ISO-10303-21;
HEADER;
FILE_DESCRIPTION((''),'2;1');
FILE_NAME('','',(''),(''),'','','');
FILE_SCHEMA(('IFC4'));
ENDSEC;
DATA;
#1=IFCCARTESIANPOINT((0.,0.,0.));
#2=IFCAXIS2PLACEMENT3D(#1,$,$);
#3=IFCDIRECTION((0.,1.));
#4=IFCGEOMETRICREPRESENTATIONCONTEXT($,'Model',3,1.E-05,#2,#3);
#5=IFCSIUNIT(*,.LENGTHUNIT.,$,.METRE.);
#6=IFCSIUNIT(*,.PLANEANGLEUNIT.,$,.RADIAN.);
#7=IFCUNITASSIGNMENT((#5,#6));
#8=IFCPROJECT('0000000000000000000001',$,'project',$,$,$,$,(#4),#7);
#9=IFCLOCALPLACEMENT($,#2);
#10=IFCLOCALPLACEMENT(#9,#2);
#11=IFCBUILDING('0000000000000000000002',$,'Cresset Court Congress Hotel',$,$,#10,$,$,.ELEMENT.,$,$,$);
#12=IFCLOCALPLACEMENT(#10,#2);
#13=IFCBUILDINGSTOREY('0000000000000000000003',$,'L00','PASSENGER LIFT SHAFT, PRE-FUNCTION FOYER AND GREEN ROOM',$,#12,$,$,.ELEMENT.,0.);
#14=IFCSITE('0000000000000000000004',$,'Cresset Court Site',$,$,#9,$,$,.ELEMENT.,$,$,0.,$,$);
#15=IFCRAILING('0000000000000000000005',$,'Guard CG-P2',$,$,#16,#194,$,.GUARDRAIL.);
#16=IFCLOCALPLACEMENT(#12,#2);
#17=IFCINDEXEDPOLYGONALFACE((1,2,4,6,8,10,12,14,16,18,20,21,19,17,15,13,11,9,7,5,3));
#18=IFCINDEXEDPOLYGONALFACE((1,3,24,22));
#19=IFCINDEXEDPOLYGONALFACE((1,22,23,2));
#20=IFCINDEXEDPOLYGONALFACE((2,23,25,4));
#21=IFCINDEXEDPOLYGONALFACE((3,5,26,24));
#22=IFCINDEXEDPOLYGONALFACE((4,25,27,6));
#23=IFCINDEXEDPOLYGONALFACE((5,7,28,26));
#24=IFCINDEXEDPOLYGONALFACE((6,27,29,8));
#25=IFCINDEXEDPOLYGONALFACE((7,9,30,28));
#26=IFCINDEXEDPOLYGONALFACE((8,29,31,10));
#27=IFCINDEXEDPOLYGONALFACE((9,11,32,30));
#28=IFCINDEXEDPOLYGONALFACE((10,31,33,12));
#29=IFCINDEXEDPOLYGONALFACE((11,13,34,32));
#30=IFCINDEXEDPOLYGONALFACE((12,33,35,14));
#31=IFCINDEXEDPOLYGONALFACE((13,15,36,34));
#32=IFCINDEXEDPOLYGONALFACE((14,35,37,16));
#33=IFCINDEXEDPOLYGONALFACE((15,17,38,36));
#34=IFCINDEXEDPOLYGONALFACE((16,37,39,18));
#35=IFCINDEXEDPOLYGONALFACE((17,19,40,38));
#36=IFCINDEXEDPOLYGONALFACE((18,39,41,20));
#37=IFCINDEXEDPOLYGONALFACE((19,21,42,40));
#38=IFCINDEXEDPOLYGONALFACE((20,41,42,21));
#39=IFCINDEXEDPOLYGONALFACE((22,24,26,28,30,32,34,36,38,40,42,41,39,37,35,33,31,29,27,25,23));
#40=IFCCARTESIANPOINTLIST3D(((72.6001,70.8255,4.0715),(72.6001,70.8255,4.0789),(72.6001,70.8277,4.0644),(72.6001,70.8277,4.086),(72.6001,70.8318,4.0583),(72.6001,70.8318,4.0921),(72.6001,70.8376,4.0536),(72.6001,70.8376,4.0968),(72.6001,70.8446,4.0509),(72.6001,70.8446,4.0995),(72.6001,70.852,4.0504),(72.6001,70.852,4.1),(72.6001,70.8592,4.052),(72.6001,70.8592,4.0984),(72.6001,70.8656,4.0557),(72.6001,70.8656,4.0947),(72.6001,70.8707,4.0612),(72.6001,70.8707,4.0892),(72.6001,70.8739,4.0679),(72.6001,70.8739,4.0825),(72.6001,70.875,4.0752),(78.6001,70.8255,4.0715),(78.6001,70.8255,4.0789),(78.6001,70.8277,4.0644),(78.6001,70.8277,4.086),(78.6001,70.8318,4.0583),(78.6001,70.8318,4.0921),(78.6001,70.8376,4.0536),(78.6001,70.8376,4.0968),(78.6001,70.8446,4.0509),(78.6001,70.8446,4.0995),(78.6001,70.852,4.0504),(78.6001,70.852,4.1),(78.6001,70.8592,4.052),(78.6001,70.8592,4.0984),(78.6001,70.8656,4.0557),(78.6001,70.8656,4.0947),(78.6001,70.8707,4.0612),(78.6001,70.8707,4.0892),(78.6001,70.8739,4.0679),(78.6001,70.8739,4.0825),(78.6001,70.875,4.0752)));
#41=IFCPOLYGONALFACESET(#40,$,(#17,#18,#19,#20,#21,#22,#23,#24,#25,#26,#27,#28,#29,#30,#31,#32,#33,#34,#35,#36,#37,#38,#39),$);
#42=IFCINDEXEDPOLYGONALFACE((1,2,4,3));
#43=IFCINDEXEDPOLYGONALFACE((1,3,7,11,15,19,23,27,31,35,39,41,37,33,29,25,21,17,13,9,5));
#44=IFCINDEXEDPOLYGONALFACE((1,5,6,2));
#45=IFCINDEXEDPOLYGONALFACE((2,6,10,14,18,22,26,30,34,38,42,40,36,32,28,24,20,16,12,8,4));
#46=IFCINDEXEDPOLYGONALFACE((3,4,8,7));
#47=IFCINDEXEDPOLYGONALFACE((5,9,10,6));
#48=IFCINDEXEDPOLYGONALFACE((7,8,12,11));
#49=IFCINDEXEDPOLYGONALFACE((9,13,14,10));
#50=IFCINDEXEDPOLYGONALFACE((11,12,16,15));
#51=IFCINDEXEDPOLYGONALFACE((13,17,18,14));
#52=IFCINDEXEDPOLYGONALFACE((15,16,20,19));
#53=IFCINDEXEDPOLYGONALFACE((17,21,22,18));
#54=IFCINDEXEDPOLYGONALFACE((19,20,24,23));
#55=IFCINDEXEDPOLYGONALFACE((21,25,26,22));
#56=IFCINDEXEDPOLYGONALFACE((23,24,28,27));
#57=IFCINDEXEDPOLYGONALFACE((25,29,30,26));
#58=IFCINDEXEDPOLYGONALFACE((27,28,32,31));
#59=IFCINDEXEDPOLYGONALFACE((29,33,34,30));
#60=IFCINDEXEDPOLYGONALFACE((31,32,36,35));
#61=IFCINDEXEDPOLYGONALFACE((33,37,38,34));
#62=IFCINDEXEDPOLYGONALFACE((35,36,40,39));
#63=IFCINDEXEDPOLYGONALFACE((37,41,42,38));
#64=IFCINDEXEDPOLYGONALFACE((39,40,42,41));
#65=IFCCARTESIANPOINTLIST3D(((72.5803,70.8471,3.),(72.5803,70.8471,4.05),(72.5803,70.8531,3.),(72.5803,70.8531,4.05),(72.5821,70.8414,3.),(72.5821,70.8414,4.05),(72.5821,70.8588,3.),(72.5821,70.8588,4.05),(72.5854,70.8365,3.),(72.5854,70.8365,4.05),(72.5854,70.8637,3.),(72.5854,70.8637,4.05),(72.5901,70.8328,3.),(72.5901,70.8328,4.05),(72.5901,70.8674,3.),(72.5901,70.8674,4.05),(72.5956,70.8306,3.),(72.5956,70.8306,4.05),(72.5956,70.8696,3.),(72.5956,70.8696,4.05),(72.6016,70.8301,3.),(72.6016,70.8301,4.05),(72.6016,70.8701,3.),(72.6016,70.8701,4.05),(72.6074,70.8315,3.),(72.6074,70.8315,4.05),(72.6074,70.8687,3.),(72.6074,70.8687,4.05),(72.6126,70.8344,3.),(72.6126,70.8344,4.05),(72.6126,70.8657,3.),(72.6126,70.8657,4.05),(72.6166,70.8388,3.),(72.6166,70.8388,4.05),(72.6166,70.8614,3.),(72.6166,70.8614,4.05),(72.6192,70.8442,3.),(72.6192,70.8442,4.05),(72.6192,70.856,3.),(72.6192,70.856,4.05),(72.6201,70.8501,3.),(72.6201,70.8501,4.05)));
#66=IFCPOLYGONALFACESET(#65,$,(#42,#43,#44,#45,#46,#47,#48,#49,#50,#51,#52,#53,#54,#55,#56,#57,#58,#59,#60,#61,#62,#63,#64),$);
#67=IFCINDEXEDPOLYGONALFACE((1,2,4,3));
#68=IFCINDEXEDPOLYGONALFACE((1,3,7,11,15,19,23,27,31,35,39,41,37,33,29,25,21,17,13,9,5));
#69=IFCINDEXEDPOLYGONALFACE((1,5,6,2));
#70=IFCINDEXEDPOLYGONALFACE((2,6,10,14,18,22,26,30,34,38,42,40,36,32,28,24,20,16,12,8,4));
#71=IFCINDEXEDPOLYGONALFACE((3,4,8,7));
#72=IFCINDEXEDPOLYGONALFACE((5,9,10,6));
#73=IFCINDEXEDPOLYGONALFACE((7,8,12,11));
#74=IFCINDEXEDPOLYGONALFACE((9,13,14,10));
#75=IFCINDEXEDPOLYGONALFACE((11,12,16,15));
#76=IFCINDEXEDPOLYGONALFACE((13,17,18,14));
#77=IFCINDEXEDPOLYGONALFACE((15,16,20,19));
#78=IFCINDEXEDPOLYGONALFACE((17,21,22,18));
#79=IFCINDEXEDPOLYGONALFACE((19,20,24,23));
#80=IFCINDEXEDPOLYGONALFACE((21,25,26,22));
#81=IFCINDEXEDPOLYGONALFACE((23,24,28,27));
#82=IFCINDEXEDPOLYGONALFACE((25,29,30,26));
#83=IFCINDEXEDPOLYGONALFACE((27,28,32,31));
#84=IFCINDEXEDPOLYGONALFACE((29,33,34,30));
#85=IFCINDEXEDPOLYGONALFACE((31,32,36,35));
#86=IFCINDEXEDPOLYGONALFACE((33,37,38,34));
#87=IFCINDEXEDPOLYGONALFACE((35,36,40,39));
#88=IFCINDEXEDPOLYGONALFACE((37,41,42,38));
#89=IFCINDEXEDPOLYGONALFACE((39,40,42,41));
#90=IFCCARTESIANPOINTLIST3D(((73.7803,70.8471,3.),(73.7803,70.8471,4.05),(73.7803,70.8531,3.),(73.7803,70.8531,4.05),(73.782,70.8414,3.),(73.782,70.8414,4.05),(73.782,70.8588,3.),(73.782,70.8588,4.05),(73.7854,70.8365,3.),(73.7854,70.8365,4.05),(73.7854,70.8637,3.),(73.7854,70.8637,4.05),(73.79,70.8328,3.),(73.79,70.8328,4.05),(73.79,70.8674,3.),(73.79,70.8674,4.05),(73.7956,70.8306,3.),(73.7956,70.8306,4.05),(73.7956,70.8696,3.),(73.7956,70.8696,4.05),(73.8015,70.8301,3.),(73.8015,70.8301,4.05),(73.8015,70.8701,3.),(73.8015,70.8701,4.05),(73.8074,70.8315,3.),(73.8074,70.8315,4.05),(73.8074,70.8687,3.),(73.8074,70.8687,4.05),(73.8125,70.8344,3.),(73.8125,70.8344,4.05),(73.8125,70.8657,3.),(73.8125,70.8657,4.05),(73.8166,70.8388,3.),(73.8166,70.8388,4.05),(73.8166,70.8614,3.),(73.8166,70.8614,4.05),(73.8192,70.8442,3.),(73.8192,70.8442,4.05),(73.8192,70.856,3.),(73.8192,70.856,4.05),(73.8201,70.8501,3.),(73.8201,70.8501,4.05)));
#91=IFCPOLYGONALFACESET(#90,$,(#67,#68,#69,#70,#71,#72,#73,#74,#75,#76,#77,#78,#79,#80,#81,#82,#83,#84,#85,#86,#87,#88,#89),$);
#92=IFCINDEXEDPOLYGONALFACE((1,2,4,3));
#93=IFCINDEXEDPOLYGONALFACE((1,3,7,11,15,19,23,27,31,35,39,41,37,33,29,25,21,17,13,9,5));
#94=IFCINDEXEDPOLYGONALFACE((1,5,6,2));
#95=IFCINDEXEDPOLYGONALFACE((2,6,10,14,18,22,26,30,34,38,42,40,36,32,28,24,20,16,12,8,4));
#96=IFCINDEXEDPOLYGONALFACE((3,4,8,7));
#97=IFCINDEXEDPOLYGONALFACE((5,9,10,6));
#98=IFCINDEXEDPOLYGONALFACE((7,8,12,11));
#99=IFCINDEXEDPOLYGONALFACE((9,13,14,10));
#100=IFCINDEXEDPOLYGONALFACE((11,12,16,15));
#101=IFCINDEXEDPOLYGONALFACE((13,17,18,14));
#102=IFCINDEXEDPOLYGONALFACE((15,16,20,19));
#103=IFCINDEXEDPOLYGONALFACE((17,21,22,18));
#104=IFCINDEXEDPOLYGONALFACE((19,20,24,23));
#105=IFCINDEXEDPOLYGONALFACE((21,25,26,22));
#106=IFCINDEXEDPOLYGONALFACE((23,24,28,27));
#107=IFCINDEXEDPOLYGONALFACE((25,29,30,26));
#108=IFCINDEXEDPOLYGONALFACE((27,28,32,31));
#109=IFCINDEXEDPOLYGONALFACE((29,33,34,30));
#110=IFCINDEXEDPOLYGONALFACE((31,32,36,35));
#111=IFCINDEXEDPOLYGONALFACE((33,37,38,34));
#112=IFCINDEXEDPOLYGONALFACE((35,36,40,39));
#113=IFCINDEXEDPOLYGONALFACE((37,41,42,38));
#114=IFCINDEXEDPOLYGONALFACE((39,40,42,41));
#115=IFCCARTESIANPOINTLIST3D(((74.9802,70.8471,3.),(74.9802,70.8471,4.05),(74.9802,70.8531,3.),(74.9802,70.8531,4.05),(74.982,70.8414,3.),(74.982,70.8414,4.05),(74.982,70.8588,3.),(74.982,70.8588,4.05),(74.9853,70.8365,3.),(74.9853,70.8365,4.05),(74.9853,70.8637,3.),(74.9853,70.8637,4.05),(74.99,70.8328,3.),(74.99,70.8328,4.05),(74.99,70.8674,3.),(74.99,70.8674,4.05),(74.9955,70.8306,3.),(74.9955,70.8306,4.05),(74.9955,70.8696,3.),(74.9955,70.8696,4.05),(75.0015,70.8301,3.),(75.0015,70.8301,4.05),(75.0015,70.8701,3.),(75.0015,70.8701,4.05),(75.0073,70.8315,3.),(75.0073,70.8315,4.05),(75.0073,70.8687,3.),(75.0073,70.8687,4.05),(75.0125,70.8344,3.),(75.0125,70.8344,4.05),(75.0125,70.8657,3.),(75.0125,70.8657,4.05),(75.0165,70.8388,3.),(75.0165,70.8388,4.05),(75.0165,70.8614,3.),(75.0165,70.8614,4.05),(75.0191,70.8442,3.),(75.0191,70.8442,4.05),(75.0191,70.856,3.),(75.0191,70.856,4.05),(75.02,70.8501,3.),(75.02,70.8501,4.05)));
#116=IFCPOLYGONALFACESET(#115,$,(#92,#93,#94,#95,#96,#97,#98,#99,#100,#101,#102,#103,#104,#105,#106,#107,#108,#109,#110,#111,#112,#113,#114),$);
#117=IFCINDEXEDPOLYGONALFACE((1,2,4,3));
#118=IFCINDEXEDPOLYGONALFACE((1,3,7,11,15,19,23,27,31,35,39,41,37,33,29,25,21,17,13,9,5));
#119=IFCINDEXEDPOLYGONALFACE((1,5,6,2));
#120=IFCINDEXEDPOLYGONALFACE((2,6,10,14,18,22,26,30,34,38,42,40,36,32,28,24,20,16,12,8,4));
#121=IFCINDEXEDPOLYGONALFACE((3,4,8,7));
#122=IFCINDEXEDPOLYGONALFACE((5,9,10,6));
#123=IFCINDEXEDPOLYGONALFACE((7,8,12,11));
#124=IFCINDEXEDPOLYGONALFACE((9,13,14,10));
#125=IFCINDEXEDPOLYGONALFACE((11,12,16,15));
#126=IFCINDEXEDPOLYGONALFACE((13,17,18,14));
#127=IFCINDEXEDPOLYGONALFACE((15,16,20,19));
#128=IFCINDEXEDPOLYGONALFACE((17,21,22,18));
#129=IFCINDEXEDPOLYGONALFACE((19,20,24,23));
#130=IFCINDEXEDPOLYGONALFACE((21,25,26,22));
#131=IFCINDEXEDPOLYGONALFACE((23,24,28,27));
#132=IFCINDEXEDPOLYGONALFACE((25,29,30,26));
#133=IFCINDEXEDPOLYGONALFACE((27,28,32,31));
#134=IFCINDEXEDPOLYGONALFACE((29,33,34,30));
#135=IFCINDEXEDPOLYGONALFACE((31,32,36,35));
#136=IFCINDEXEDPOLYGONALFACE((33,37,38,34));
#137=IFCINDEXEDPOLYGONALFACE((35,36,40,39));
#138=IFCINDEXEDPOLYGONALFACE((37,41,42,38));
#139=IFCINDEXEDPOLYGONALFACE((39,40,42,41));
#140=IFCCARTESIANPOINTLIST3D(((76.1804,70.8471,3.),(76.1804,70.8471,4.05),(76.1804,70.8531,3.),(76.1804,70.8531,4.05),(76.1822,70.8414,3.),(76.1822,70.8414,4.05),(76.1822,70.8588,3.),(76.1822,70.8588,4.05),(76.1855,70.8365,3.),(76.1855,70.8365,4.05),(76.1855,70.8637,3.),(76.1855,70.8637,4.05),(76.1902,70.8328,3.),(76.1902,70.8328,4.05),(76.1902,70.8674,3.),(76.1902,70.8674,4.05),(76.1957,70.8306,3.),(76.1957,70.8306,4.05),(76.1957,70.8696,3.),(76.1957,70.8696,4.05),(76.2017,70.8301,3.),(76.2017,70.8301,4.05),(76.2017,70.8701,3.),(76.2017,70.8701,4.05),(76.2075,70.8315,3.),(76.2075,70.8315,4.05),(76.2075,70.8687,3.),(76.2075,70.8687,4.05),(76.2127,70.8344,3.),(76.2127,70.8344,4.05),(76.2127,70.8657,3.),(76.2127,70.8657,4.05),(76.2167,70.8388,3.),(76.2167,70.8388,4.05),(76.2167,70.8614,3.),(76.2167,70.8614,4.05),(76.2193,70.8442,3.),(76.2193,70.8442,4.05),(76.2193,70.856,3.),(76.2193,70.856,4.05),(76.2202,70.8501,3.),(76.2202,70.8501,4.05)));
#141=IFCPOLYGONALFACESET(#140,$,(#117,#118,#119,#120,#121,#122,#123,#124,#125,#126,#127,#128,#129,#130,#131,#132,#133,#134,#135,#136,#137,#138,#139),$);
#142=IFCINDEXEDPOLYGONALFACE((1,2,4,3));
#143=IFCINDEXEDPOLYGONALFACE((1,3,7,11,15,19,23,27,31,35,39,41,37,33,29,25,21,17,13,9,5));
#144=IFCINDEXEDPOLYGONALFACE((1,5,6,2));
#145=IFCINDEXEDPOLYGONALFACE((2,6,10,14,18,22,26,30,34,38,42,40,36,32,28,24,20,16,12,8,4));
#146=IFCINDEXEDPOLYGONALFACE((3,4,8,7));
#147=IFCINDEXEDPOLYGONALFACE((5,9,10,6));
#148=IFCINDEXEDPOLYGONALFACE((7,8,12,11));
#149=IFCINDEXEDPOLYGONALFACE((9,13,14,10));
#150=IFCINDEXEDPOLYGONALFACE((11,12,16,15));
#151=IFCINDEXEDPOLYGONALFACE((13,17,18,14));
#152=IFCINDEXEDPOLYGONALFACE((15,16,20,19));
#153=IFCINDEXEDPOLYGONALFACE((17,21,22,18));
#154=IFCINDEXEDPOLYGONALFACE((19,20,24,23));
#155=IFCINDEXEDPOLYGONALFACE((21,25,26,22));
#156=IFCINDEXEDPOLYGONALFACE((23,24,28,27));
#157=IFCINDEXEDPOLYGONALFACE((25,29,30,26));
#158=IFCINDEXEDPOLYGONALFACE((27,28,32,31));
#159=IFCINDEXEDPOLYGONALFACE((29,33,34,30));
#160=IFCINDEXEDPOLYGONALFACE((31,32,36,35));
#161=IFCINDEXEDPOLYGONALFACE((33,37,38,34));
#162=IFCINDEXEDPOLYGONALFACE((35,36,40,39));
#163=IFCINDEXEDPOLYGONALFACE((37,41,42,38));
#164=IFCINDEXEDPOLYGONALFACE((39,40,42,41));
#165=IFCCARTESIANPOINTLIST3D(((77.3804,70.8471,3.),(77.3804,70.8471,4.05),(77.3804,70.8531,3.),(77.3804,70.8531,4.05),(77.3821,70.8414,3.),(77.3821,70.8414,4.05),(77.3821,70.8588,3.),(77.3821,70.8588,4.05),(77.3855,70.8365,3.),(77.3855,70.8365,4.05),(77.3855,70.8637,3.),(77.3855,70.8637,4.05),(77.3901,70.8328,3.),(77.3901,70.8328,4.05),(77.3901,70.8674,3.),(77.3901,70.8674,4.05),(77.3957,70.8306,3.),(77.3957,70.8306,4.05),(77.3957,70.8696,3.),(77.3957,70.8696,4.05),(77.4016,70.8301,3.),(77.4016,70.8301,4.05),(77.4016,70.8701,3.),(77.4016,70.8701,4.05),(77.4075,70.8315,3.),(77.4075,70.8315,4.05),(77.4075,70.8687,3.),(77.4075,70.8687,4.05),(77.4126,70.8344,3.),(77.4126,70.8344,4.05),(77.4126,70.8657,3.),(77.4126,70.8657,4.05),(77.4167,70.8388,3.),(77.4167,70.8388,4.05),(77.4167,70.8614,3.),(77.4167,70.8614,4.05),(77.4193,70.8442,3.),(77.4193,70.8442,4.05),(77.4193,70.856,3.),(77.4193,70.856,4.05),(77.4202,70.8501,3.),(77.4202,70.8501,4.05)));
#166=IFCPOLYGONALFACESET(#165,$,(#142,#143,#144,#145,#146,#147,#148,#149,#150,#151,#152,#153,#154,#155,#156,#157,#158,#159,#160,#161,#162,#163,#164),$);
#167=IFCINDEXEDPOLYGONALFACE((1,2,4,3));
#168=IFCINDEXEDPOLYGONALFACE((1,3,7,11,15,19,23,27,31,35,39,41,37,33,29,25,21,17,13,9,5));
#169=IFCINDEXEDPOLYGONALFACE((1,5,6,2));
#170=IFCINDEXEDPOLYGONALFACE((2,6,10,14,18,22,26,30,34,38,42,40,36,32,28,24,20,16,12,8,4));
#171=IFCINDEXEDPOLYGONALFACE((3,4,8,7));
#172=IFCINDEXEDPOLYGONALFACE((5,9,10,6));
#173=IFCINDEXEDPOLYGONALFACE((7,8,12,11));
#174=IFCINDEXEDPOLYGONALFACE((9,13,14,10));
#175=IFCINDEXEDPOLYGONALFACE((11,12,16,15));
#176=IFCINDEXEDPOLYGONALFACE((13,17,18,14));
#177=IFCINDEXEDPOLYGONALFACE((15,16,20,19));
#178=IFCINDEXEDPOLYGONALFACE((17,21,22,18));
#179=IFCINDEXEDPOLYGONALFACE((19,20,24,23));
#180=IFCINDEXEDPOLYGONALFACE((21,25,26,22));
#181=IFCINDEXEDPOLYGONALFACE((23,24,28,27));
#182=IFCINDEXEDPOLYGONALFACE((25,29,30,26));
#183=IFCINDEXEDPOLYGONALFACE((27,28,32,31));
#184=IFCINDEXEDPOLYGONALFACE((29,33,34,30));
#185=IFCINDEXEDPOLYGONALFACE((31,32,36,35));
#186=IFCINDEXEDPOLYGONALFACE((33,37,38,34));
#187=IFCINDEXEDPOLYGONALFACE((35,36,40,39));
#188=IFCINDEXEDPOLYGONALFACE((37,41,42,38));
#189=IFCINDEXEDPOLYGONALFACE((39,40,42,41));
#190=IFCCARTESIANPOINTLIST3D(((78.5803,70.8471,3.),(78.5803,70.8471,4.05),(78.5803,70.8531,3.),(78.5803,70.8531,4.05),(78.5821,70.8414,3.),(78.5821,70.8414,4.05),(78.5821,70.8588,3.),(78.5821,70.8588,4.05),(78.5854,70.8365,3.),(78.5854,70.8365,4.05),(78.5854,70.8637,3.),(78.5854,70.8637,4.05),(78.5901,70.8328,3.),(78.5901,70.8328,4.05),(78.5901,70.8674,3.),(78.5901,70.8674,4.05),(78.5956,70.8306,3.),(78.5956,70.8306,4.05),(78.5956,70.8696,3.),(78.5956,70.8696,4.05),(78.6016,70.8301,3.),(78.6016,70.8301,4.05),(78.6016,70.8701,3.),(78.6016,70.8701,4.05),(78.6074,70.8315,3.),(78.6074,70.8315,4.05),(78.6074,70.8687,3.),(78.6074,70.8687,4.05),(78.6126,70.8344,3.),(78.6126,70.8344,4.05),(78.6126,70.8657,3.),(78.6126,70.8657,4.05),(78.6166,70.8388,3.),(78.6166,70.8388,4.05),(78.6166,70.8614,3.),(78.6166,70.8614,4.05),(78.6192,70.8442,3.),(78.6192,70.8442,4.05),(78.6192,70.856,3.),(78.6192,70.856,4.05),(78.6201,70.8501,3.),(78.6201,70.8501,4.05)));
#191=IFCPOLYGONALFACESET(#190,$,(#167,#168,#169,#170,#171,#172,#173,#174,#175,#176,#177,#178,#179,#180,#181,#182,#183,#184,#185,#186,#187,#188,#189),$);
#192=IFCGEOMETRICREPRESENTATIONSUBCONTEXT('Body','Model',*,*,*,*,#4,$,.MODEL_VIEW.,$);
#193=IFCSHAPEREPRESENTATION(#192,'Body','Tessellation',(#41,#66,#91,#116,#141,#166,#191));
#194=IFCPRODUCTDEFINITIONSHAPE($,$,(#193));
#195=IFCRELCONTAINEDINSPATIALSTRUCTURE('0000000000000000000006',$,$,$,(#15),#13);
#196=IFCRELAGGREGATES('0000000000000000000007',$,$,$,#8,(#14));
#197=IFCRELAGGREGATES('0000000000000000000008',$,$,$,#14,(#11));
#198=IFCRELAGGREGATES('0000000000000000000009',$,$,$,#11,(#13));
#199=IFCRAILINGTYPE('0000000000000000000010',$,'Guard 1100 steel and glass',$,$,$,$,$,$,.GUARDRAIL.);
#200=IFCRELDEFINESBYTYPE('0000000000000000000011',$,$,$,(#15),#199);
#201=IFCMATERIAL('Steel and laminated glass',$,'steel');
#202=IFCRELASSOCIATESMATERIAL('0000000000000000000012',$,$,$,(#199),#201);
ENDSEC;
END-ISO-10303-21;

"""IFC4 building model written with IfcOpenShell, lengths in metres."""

from ifc_helpers import new_model, si_unit, direction, frame, origin, origin_2d, place, context, subcontext, project, spatial, circle, extrude, material, type_object, element, save


model = new_model("IFC4")

# Units and contexts
model_context = context("Model", 3, precision=1e-05, world=origin(), true_north=direction((0.0, 1.0)))
body_context = subcontext(model_context, "Body", "Model", "MODEL_VIEW")
ifc_project = project(units=[si_unit("LENGTHUNIT", "METRE"), si_unit("PLANEANGLEUNIT", "RADIAN")], contexts=[model_context])

# Site, building, storey
site_placement = place(None, origin())
site = spatial("IfcSite", under=ifc_project, at=site_placement, Name="Cresset Court Site", CompositionType="ELEMENT", RefElevation=0.0)
building_placement = place(site_placement, origin())
building = spatial("IfcBuilding", under=site, at=building_placement, Name="Cresset Court Congress Hotel", CompositionType="ELEMENT")
storey_placement = place(building_placement, origin())
storey = spatial("IfcBuildingStorey", under=building, at=storey_placement, Name="L00", Description="PASSENGER LIFT SHAFT, PRE-FUNCTION FOYER AND GREEN ROOM", CompositionType="ELEMENT", Elevation=0.0)

# Railing
ifc_material_1 = material(Name="Steel and laminated glass", Category="steel")
railing_type_1 = type_object("IfcRailingType", Name="Guard 1100 steel and glass", PredefinedType="GUARDRAIL", material=ifc_material_1)
railing_1_placement = place(storey_placement, frame((72.6001, 70.8501, 3.0)))
element("IfcRailing", 1, at=railing_1_placement, inside=storey, type_object=railing_type_1, Name="Guard CG-P2", PredefinedType="GUARDRAIL", context=body_context, shape_type="SweptSolid", body=[
    extrude(circle(Radius=0.0249, at=origin_2d()), frame((0.0, 0.0, 1.0752), z_axis=(1.0, 0.0, 0.0), x_axis=(0.0, 1.0, 0.0)), (0.0, 0.0, 1.0), 6.0),
    extrude(circle(Radius=0.02, at=origin_2d()), origin(), (0.0, 0.0, 1.0), 1.05),
    extrude(circle(Radius=0.02, at=origin_2d()), frame((1.2, 0.0, 0.0)), (0.0, 0.0, 1.0), 1.05),
    extrude(circle(Radius=0.02, at=origin_2d()), frame((2.3999, 0.0, 0.0)), (0.0, 0.0, 1.0), 1.05),
    extrude(circle(Radius=0.02, at=origin_2d()), frame((3.6001, 0.0, 0.0)), (0.0, 0.0, 1.0), 1.05),
    extrude(circle(Radius=0.02, at=origin_2d()), frame((4.8, 0.0, 0.0)), (0.0, 0.0, 1.0), 1.05),
    extrude(circle(Radius=0.02, at=origin_2d()), frame((6.0, 0.0, 0.0)), (0.0, 0.0, 1.0), 1.05),
])

save(model, "model.ifc")
